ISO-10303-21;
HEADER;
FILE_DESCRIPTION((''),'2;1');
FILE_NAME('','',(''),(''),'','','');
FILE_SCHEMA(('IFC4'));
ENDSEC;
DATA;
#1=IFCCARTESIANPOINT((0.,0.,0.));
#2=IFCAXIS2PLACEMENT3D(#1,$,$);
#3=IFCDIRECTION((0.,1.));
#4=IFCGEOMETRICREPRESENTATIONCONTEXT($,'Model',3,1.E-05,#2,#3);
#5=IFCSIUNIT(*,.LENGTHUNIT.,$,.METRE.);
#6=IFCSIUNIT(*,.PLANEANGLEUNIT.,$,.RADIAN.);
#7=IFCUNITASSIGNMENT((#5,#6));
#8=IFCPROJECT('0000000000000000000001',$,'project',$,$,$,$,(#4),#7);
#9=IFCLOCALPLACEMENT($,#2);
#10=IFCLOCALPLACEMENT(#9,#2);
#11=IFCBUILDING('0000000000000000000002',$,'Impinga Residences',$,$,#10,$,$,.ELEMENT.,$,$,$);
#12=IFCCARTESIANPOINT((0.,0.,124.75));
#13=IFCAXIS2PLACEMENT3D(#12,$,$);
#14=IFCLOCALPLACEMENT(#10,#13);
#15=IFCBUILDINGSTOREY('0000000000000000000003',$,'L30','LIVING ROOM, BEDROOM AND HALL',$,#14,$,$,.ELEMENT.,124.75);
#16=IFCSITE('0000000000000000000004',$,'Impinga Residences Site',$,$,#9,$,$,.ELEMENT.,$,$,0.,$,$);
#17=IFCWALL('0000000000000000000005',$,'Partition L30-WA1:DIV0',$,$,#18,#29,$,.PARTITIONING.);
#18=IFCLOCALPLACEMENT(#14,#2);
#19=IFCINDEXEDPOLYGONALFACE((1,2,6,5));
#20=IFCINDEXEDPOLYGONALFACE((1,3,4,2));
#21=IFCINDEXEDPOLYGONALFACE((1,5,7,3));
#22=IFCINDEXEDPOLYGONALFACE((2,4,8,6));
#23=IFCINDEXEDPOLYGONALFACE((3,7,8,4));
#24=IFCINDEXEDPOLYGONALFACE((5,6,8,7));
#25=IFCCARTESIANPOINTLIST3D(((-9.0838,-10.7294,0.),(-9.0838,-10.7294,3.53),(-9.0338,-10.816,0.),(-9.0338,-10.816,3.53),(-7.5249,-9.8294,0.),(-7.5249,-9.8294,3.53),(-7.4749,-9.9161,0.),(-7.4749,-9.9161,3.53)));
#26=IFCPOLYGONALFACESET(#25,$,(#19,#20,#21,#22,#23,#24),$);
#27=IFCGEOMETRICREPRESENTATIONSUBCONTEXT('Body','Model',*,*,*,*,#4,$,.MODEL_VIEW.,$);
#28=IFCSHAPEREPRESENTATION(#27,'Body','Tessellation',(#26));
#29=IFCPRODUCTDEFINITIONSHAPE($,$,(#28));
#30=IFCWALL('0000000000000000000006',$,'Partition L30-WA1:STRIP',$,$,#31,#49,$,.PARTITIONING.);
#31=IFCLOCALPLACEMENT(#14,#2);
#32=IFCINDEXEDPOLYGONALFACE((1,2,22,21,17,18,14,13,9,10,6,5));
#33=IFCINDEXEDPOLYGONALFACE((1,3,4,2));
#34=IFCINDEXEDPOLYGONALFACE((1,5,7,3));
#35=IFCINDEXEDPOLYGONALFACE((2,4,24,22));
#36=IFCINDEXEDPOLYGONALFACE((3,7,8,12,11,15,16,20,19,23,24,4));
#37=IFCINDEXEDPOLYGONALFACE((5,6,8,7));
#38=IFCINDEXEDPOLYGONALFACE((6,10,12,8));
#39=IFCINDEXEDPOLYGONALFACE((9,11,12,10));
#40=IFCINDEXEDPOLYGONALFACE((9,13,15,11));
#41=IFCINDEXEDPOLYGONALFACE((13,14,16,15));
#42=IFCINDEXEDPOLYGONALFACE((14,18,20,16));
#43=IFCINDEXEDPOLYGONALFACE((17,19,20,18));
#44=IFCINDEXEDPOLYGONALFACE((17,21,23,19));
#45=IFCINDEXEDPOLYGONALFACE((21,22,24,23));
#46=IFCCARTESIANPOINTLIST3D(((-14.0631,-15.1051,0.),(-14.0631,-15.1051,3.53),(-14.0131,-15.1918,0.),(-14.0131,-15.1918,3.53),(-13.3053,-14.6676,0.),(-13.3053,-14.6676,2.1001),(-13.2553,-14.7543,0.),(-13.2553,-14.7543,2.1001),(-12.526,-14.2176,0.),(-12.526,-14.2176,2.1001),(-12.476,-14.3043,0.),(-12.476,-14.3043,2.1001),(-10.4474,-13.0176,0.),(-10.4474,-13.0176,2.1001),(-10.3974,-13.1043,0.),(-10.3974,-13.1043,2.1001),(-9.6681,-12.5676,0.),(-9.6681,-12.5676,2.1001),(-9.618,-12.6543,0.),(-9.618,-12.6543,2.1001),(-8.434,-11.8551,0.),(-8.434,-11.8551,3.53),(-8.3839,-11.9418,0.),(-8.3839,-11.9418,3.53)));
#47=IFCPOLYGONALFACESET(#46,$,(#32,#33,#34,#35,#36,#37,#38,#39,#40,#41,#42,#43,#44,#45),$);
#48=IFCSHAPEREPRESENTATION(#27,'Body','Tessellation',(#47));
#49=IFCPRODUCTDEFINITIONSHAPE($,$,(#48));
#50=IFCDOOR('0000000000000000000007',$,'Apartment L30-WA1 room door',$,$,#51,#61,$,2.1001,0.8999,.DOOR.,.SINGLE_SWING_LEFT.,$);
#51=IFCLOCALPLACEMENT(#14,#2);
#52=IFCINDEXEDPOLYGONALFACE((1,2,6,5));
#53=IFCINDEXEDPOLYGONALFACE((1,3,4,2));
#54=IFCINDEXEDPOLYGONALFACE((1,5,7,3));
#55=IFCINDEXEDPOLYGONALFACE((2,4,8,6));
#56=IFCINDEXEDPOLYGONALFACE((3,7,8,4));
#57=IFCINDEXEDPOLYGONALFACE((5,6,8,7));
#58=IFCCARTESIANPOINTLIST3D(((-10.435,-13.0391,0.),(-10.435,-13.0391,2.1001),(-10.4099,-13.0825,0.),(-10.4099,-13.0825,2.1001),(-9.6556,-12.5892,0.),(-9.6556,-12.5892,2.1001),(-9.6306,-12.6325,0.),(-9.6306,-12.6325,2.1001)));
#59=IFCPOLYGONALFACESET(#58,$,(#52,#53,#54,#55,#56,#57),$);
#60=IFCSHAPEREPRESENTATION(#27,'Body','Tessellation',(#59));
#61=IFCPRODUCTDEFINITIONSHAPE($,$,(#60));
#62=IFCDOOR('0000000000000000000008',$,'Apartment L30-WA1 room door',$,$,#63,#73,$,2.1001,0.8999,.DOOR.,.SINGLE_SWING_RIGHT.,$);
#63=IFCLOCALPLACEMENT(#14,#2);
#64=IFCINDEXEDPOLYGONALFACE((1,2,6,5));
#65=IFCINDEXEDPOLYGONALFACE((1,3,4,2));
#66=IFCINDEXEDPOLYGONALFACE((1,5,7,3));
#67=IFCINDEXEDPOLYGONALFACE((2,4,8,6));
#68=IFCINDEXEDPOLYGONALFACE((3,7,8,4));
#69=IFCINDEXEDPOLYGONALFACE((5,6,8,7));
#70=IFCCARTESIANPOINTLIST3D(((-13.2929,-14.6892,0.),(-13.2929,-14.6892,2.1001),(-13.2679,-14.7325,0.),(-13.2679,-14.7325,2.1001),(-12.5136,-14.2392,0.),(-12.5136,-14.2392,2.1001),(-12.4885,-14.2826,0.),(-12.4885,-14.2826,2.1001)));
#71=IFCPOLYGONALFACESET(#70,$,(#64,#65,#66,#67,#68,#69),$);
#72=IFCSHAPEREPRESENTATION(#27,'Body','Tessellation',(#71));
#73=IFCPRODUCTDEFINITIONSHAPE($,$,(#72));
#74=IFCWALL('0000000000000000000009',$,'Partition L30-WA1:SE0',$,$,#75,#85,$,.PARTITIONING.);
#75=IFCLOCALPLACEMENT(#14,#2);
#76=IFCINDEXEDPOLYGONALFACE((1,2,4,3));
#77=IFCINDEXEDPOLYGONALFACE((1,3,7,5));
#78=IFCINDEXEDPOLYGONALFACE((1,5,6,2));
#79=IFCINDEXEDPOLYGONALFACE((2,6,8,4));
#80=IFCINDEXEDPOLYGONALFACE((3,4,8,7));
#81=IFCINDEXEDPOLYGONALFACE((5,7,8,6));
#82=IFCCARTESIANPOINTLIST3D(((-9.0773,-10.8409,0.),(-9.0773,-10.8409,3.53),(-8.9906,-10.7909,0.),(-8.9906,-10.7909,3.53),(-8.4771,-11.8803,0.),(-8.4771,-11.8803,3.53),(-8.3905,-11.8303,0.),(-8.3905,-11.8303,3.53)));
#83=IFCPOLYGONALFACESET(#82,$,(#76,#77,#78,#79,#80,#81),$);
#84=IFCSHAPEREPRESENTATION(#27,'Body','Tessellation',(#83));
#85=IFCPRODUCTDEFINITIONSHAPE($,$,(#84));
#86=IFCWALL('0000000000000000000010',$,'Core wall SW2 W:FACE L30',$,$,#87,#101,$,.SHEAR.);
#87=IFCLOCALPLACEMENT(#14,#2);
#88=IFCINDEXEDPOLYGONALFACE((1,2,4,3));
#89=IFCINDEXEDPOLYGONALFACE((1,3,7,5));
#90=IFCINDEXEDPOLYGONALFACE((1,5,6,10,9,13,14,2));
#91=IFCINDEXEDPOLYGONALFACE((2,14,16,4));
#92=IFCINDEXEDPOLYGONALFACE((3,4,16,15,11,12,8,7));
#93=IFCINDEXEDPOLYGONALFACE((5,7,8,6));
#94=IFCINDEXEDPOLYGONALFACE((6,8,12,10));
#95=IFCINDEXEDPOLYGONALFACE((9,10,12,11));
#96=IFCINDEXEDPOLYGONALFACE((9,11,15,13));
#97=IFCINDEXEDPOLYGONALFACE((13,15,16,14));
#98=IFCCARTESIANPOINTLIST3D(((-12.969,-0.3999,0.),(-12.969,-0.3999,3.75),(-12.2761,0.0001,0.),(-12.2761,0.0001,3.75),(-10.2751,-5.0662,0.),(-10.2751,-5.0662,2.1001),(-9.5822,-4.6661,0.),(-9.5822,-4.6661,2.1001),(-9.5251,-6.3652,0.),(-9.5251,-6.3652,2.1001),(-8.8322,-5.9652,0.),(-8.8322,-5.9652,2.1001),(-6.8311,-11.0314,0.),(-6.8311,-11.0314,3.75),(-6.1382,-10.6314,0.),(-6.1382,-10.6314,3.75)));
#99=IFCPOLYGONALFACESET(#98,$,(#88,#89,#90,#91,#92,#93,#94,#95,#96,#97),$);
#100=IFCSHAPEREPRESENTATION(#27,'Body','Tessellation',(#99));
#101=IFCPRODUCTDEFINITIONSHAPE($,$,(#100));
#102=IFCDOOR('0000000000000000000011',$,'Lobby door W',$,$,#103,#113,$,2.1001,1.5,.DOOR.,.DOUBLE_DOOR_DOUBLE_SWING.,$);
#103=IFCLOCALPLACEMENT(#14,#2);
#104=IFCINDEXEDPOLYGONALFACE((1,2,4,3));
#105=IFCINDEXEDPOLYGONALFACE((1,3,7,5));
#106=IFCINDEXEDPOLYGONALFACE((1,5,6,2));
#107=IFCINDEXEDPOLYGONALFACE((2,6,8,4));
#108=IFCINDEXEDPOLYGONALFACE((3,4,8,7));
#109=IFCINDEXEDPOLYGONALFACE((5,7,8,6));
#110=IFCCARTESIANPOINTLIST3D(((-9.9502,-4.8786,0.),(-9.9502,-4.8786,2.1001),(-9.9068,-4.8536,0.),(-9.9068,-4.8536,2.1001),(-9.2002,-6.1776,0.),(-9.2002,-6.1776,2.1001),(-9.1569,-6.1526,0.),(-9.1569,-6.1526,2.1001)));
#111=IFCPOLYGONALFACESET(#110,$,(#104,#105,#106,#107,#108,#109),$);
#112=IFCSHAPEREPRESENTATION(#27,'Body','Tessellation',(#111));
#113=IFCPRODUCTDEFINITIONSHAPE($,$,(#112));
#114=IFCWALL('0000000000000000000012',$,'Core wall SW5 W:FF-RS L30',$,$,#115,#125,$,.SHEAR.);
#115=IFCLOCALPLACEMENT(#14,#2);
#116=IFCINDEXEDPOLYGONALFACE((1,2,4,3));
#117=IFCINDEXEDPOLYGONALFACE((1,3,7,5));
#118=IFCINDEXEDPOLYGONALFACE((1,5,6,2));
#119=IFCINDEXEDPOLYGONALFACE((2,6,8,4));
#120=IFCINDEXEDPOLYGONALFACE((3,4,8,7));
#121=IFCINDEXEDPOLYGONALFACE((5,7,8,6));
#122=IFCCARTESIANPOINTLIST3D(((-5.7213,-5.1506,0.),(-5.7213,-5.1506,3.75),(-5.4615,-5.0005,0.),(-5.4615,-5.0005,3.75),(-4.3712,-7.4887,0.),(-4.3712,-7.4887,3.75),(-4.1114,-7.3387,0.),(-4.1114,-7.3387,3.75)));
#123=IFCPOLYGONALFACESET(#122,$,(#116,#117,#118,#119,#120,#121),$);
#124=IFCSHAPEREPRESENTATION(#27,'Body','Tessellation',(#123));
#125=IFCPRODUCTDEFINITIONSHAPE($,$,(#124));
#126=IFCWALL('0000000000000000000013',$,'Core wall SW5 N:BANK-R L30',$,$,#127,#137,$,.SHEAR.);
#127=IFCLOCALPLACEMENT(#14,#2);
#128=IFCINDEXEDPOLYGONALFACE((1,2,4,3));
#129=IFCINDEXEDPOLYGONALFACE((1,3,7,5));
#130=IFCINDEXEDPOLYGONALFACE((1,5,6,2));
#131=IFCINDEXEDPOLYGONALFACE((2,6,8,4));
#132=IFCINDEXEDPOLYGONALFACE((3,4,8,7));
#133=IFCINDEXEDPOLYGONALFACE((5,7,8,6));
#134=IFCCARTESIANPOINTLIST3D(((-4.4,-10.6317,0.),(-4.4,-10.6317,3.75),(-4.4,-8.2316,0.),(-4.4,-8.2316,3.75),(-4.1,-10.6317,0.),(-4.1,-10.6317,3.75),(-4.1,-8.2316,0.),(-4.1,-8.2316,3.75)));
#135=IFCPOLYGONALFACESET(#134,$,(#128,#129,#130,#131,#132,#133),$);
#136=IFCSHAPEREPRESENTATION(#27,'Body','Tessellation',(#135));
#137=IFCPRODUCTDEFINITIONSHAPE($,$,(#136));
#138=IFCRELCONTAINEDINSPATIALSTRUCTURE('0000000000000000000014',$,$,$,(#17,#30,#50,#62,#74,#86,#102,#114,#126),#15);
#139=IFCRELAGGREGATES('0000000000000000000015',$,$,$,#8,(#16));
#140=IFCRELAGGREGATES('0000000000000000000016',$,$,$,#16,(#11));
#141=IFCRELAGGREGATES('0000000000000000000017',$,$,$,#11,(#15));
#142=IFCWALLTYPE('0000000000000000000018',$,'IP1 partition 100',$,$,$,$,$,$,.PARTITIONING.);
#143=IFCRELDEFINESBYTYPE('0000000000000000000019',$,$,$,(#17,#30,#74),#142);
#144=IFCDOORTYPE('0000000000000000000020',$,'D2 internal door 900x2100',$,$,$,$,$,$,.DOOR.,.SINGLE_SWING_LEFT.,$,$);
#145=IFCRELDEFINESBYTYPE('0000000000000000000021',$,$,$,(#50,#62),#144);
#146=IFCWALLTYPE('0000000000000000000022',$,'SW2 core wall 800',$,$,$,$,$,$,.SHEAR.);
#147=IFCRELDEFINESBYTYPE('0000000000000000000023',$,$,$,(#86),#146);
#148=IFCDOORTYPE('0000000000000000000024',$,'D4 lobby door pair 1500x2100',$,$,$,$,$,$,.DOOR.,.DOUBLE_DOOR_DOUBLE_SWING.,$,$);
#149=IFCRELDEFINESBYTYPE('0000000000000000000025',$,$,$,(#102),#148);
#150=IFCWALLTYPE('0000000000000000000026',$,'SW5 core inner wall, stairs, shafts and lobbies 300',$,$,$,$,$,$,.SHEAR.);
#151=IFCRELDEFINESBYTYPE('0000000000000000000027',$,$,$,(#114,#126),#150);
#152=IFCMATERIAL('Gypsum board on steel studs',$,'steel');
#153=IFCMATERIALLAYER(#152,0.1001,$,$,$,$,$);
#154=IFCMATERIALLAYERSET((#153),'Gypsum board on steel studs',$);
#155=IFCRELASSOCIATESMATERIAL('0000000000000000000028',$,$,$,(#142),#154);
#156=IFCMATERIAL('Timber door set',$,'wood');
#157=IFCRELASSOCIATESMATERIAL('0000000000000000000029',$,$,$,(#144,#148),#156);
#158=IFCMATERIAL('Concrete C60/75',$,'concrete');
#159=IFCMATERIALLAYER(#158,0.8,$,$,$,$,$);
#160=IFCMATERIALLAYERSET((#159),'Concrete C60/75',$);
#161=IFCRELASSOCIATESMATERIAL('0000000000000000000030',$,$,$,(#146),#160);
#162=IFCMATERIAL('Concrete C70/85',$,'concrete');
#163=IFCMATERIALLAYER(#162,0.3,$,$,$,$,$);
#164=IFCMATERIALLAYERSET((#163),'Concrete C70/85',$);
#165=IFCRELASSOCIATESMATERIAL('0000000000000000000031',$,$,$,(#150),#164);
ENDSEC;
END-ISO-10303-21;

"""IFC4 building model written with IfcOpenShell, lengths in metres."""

from ifc_helpers import new_model, si_unit, direction, frame, frame_2d, origin, place, context, subcontext, project, spatial, rectangle, extrude, material, layer, layer_set, type_object, element, fill, save


model = new_model("IFC4")

# Units and contexts
model_context = context("Model", 3, precision=1e-05, world=origin(), true_north=direction((0.0, 1.0)))
body_context = subcontext(model_context, "Body", "Model", "MODEL_VIEW")
ifc_project = project(units=[si_unit("LENGTHUNIT", "METRE"), si_unit("PLANEANGLEUNIT", "RADIAN")], contexts=[model_context])

# Site, building, storey
site_placement = place(None, origin())
site = spatial("IfcSite", under=ifc_project, at=site_placement, Name="Impinga Residences Site", CompositionType="ELEMENT", RefElevation=0.0)
building_placement = place(site_placement, origin())
building = spatial("IfcBuilding", under=site, at=building_placement, Name="Impinga Residences", CompositionType="ELEMENT")
storey_placement = place(building_placement, frame((0.0, 0.0, 124.75)))
storey = spatial("IfcBuildingStorey", under=building, at=storey_placement, Name="L30", Description="LIVING ROOM, BEDROOM AND HALL", CompositionType="ELEMENT", Elevation=124.75)

# Shared definitions
ifc_material_1 = material(Name="Concrete C60/75", Category="concrete")

# Shared definitions
ifc_material_2 = material(Name="Timber door set", Category="wood")

# Wall
ifc_material_3 = material(Name="Gypsum board on steel studs", Category="steel")
ifc_layer_1 = layer(ifc_material_3, 0.1001)
ifc_layer_set_1 = layer_set([ifc_layer_1], Name="Gypsum board on steel studs")
wall_type_1 = type_object("IfcWallType", Name="IP1 partition 100", PredefinedType="PARTITIONING", material=ifc_layer_set_1)
wall_1_placement = place(storey_placement, frame((-7.5, -9.8728, 0.0), z_axis=(0.0, 0.0, 1.0), x_axis=(-0.866048, -0.499961, 0.0)))
element("IfcWall", 1, at=wall_1_placement, inside=storey, type_object=wall_type_1, Name="Partition L30-WA1:DIV0", PredefinedType="PARTITIONING", context=body_context, shape_type="SweptSolid", body=[
    extrude(rectangle(XDim=1.8, YDim=0.1001, at=frame_2d((0.8999, 0.0))), origin(), (0.0, 0.0, 1.0), 3.53),
])

# Wall, openings, doors
wall_2_placement = place(storey_placement, frame((-8.4089, -11.8984, 0.0), z_axis=(0.0, 0.0, 1.0), x_axis=(-0.866025, -0.500001, 0.0)))
wall_2 = element("IfcWall", 2, at=wall_2_placement, inside=storey, type_object=wall_type_1, Name="Partition L30-WA1:STRIP", PredefinedType="PARTITIONING", context=body_context, shape_type="SweptSolid", body=[
    extrude(rectangle(XDim=6.5, YDim=0.1001, at=frame_2d((3.25, 0.0))), origin(), (0.0, 0.0, 1.0), 3.53),
])
opening_1_placement = place(wall_2_placement, frame((1.425, 0.0, 0.0)))
opening_1 = element("IfcOpeningElement", 3, at=opening_1_placement, cuts=wall_2, PredefinedType="OPENING", context=body_context, shape_type="SweptSolid", body=[
    extrude(rectangle(XDim=0.8999, YDim=2.1001, at=frame_2d((0.45, 1.05))), frame((0.0, 0.0601, 0.0), z_axis=(0.0, -1.0, 0.0), x_axis=(1.0, 0.0, 0.0)), (0.0, 0.0, 1.0), 0.1201),
])
opening_2_placement = place(wall_2_placement, frame((4.7251, 0.0, 0.0)))
opening_2 = element("IfcOpeningElement", 4, at=opening_2_placement, cuts=wall_2, PredefinedType="OPENING", context=body_context, shape_type="SweptSolid", body=[
    extrude(rectangle(XDim=0.8999, YDim=2.1001, at=frame_2d((0.45, 1.05))), frame((0.0, 0.0601, 0.0), z_axis=(0.0, -1.0, 0.0), x_axis=(1.0, 0.0, 0.0)), (0.0, 0.0, 1.0), 0.1201),
])
door_type_1 = type_object("IfcDoorType", Name="D2 internal door 900x2100", OperationType="SINGLE_SWING_LEFT", PredefinedType="DOOR", material=ifc_material_2)
door_1_placement = place(opening_1_placement, origin())
door_1 = element("IfcDoor", 5, at=door_1_placement, inside=storey, type_object=door_type_1, Name="Apartment L30-WA1 room door", OperationType="SINGLE_SWING_LEFT", OverallHeight=2.1001, OverallWidth=0.8999, PredefinedType="DOOR", context=body_context, shape_type="SweptSolid", body=[
    extrude(rectangle(XDim=0.8999, YDim=2.1001, at=frame_2d((0.45, 1.05))), frame((0.0, 0.0249, 0.0), z_axis=(0.0, -1.0, 0.0), x_axis=(1.0, 0.0, 0.0)), (0.0, 0.0, 1.0), 0.05),
])
fill(opening_1, door_1)
door_2_placement = place(opening_2_placement, origin())
door_2 = element("IfcDoor", 6, at=door_2_placement, inside=storey, type_object=door_type_1, Name="Apartment L30-WA1 room door", OperationType="SINGLE_SWING_RIGHT", OverallHeight=2.1001, OverallWidth=0.8999, PredefinedType="DOOR", context=body_context, shape_type="SweptSolid", body=[
    extrude(rectangle(XDim=0.8999, YDim=2.1001, at=frame_2d((0.45, 1.05))), frame((0.0, 0.0249, 0.0), z_axis=(0.0, -1.0, 0.0), x_axis=(1.0, 0.0, 0.0)), (0.0, 0.0, 1.0), 0.05),
])
fill(opening_2, door_2)

# Wall
wall_3_placement = place(storey_placement, frame((-9.0339, -10.8159, 0.0), z_axis=(0.0, 0.0, 1.0), x_axis=(0.500034, -0.866006, 0.0)))
element("IfcWall", 7, at=wall_3_placement, inside=storey, type_object=wall_type_1, Name="Partition L30-WA1:SE0", PredefinedType="PARTITIONING", context=body_context, shape_type="SweptSolid", body=[
    extrude(rectangle(XDim=1.2002, YDim=0.1001, at=frame_2d((0.6001, 0.0))), origin(), (0.0, 0.0, 1.0), 3.53),
])

# Wall, opening, door
ifc_layer_2 = layer(ifc_material_1, 0.8)
ifc_layer_set_2 = layer_set([ifc_layer_2], Name="Concrete C60/75")
wall_type_2 = type_object("IfcWallType", Name="SW2 core wall 800", PredefinedType="SHEAR", material=ifc_layer_set_2)
wall_4_placement = place(storey_placement, frame((-6.4846, -10.8315, 0.0), z_axis=(0.0, 0.0, 1.0), x_axis=(-0.499987, 0.866033, 0.0)))
wall_4 = element("IfcWall", 8, at=wall_4_placement, inside=storey, type_object=wall_type_2, Name="Core wall SW2 W:FACE L30", PredefinedType="SHEAR", context=body_context, shape_type="SweptSolid", body=[
    extrude(rectangle(XDim=12.2761, YDim=0.8, at=frame_2d((6.1382, 0.0))), origin(), (0.0, 0.0, 1.0), 3.75),
])
opening_3_placement = place(wall_4_placement, frame((5.3882, 0.0, 0.0)))
opening_3 = element("IfcOpeningElement", 9, at=opening_3_placement, cuts=wall_4, PredefinedType="OPENING", context=body_context, shape_type="SweptSolid", body=[
    extrude(rectangle(XDim=1.5, YDim=2.1001, at=frame_2d((0.75, 1.05))), frame((0.0, 0.4099, 0.0), z_axis=(0.0, -1.0, 0.0), x_axis=(1.0, 0.0, 0.0)), (0.0, 0.0, 1.0), 0.8201),
])
door_type_2 = type_object("IfcDoorType", Name="D4 lobby door pair 1500x2100", OperationType="DOUBLE_DOOR_DOUBLE_SWING", PredefinedType="DOOR", material=ifc_material_2)
door_3_placement = place(opening_3_placement, origin())
door_3 = element("IfcDoor", 10, at=door_3_placement, inside=storey, type_object=door_type_2, Name="Lobby door W", OperationType="DOUBLE_DOOR_DOUBLE_SWING", OverallHeight=2.1001, OverallWidth=1.5, PredefinedType="DOOR", context=body_context, shape_type="SweptSolid", body=[
    extrude(rectangle(XDim=1.5, YDim=2.1001, at=frame_2d((0.75, 1.05))), frame((0.0, 0.0249, 0.0), z_axis=(0.0, -1.0, 0.0), x_axis=(1.0, 0.0, 0.0)), (0.0, 0.0, 1.0), 0.05),
])
fill(opening_3, door_3)

# Walls
ifc_material_4 = material(Name="Concrete C70/85", Category="concrete")
ifc_layer_3 = layer(ifc_material_4, 0.3)
ifc_layer_set_3 = layer_set([ifc_layer_3], Name="Concrete C70/85")
wall_type_3 = type_object("IfcWallType", Name="SW5 core inner wall, stairs, shafts and lobbies 300", PredefinedType="SHEAR", material=ifc_layer_set_3)
wall_5_placement = place(storey_placement, frame((-4.2412, -7.4138, 0.0), z_axis=(0.0, 0.0, 1.0), x_axis=(-0.500049, 0.865997, 0.0)))
element("IfcWall", 11, at=wall_5_placement, inside=storey, type_object=wall_type_3, Name="Core wall SW5 W:FF-RS L30", PredefinedType="SHEAR", context=body_context, shape_type="SweptSolid", body=[
    extrude(rectangle(XDim=2.7, YDim=0.3, at=frame_2d((1.3501, 0.0))), origin(), (0.0, 0.0, 1.0), 3.75),
])
wall_6_placement = place(storey_placement, frame((-4.25, -8.2314, 0.0), z_axis=(0.0, 0.0, 1.0), x_axis=(0.0, -1.0, 0.0)))
element("IfcWall", 12, at=wall_6_placement, inside=storey, type_object=wall_type_3, Name="Core wall SW5 N:BANK-R L30", PredefinedType="SHEAR", context=body_context, shape_type="SweptSolid", body=[
    extrude(rectangle(XDim=2.4001, YDim=0.3, at=frame_2d((1.2002, 0.0))), origin(), (0.0, 0.0, 1.0), 3.75),
])

save(model, "model.ifc")
